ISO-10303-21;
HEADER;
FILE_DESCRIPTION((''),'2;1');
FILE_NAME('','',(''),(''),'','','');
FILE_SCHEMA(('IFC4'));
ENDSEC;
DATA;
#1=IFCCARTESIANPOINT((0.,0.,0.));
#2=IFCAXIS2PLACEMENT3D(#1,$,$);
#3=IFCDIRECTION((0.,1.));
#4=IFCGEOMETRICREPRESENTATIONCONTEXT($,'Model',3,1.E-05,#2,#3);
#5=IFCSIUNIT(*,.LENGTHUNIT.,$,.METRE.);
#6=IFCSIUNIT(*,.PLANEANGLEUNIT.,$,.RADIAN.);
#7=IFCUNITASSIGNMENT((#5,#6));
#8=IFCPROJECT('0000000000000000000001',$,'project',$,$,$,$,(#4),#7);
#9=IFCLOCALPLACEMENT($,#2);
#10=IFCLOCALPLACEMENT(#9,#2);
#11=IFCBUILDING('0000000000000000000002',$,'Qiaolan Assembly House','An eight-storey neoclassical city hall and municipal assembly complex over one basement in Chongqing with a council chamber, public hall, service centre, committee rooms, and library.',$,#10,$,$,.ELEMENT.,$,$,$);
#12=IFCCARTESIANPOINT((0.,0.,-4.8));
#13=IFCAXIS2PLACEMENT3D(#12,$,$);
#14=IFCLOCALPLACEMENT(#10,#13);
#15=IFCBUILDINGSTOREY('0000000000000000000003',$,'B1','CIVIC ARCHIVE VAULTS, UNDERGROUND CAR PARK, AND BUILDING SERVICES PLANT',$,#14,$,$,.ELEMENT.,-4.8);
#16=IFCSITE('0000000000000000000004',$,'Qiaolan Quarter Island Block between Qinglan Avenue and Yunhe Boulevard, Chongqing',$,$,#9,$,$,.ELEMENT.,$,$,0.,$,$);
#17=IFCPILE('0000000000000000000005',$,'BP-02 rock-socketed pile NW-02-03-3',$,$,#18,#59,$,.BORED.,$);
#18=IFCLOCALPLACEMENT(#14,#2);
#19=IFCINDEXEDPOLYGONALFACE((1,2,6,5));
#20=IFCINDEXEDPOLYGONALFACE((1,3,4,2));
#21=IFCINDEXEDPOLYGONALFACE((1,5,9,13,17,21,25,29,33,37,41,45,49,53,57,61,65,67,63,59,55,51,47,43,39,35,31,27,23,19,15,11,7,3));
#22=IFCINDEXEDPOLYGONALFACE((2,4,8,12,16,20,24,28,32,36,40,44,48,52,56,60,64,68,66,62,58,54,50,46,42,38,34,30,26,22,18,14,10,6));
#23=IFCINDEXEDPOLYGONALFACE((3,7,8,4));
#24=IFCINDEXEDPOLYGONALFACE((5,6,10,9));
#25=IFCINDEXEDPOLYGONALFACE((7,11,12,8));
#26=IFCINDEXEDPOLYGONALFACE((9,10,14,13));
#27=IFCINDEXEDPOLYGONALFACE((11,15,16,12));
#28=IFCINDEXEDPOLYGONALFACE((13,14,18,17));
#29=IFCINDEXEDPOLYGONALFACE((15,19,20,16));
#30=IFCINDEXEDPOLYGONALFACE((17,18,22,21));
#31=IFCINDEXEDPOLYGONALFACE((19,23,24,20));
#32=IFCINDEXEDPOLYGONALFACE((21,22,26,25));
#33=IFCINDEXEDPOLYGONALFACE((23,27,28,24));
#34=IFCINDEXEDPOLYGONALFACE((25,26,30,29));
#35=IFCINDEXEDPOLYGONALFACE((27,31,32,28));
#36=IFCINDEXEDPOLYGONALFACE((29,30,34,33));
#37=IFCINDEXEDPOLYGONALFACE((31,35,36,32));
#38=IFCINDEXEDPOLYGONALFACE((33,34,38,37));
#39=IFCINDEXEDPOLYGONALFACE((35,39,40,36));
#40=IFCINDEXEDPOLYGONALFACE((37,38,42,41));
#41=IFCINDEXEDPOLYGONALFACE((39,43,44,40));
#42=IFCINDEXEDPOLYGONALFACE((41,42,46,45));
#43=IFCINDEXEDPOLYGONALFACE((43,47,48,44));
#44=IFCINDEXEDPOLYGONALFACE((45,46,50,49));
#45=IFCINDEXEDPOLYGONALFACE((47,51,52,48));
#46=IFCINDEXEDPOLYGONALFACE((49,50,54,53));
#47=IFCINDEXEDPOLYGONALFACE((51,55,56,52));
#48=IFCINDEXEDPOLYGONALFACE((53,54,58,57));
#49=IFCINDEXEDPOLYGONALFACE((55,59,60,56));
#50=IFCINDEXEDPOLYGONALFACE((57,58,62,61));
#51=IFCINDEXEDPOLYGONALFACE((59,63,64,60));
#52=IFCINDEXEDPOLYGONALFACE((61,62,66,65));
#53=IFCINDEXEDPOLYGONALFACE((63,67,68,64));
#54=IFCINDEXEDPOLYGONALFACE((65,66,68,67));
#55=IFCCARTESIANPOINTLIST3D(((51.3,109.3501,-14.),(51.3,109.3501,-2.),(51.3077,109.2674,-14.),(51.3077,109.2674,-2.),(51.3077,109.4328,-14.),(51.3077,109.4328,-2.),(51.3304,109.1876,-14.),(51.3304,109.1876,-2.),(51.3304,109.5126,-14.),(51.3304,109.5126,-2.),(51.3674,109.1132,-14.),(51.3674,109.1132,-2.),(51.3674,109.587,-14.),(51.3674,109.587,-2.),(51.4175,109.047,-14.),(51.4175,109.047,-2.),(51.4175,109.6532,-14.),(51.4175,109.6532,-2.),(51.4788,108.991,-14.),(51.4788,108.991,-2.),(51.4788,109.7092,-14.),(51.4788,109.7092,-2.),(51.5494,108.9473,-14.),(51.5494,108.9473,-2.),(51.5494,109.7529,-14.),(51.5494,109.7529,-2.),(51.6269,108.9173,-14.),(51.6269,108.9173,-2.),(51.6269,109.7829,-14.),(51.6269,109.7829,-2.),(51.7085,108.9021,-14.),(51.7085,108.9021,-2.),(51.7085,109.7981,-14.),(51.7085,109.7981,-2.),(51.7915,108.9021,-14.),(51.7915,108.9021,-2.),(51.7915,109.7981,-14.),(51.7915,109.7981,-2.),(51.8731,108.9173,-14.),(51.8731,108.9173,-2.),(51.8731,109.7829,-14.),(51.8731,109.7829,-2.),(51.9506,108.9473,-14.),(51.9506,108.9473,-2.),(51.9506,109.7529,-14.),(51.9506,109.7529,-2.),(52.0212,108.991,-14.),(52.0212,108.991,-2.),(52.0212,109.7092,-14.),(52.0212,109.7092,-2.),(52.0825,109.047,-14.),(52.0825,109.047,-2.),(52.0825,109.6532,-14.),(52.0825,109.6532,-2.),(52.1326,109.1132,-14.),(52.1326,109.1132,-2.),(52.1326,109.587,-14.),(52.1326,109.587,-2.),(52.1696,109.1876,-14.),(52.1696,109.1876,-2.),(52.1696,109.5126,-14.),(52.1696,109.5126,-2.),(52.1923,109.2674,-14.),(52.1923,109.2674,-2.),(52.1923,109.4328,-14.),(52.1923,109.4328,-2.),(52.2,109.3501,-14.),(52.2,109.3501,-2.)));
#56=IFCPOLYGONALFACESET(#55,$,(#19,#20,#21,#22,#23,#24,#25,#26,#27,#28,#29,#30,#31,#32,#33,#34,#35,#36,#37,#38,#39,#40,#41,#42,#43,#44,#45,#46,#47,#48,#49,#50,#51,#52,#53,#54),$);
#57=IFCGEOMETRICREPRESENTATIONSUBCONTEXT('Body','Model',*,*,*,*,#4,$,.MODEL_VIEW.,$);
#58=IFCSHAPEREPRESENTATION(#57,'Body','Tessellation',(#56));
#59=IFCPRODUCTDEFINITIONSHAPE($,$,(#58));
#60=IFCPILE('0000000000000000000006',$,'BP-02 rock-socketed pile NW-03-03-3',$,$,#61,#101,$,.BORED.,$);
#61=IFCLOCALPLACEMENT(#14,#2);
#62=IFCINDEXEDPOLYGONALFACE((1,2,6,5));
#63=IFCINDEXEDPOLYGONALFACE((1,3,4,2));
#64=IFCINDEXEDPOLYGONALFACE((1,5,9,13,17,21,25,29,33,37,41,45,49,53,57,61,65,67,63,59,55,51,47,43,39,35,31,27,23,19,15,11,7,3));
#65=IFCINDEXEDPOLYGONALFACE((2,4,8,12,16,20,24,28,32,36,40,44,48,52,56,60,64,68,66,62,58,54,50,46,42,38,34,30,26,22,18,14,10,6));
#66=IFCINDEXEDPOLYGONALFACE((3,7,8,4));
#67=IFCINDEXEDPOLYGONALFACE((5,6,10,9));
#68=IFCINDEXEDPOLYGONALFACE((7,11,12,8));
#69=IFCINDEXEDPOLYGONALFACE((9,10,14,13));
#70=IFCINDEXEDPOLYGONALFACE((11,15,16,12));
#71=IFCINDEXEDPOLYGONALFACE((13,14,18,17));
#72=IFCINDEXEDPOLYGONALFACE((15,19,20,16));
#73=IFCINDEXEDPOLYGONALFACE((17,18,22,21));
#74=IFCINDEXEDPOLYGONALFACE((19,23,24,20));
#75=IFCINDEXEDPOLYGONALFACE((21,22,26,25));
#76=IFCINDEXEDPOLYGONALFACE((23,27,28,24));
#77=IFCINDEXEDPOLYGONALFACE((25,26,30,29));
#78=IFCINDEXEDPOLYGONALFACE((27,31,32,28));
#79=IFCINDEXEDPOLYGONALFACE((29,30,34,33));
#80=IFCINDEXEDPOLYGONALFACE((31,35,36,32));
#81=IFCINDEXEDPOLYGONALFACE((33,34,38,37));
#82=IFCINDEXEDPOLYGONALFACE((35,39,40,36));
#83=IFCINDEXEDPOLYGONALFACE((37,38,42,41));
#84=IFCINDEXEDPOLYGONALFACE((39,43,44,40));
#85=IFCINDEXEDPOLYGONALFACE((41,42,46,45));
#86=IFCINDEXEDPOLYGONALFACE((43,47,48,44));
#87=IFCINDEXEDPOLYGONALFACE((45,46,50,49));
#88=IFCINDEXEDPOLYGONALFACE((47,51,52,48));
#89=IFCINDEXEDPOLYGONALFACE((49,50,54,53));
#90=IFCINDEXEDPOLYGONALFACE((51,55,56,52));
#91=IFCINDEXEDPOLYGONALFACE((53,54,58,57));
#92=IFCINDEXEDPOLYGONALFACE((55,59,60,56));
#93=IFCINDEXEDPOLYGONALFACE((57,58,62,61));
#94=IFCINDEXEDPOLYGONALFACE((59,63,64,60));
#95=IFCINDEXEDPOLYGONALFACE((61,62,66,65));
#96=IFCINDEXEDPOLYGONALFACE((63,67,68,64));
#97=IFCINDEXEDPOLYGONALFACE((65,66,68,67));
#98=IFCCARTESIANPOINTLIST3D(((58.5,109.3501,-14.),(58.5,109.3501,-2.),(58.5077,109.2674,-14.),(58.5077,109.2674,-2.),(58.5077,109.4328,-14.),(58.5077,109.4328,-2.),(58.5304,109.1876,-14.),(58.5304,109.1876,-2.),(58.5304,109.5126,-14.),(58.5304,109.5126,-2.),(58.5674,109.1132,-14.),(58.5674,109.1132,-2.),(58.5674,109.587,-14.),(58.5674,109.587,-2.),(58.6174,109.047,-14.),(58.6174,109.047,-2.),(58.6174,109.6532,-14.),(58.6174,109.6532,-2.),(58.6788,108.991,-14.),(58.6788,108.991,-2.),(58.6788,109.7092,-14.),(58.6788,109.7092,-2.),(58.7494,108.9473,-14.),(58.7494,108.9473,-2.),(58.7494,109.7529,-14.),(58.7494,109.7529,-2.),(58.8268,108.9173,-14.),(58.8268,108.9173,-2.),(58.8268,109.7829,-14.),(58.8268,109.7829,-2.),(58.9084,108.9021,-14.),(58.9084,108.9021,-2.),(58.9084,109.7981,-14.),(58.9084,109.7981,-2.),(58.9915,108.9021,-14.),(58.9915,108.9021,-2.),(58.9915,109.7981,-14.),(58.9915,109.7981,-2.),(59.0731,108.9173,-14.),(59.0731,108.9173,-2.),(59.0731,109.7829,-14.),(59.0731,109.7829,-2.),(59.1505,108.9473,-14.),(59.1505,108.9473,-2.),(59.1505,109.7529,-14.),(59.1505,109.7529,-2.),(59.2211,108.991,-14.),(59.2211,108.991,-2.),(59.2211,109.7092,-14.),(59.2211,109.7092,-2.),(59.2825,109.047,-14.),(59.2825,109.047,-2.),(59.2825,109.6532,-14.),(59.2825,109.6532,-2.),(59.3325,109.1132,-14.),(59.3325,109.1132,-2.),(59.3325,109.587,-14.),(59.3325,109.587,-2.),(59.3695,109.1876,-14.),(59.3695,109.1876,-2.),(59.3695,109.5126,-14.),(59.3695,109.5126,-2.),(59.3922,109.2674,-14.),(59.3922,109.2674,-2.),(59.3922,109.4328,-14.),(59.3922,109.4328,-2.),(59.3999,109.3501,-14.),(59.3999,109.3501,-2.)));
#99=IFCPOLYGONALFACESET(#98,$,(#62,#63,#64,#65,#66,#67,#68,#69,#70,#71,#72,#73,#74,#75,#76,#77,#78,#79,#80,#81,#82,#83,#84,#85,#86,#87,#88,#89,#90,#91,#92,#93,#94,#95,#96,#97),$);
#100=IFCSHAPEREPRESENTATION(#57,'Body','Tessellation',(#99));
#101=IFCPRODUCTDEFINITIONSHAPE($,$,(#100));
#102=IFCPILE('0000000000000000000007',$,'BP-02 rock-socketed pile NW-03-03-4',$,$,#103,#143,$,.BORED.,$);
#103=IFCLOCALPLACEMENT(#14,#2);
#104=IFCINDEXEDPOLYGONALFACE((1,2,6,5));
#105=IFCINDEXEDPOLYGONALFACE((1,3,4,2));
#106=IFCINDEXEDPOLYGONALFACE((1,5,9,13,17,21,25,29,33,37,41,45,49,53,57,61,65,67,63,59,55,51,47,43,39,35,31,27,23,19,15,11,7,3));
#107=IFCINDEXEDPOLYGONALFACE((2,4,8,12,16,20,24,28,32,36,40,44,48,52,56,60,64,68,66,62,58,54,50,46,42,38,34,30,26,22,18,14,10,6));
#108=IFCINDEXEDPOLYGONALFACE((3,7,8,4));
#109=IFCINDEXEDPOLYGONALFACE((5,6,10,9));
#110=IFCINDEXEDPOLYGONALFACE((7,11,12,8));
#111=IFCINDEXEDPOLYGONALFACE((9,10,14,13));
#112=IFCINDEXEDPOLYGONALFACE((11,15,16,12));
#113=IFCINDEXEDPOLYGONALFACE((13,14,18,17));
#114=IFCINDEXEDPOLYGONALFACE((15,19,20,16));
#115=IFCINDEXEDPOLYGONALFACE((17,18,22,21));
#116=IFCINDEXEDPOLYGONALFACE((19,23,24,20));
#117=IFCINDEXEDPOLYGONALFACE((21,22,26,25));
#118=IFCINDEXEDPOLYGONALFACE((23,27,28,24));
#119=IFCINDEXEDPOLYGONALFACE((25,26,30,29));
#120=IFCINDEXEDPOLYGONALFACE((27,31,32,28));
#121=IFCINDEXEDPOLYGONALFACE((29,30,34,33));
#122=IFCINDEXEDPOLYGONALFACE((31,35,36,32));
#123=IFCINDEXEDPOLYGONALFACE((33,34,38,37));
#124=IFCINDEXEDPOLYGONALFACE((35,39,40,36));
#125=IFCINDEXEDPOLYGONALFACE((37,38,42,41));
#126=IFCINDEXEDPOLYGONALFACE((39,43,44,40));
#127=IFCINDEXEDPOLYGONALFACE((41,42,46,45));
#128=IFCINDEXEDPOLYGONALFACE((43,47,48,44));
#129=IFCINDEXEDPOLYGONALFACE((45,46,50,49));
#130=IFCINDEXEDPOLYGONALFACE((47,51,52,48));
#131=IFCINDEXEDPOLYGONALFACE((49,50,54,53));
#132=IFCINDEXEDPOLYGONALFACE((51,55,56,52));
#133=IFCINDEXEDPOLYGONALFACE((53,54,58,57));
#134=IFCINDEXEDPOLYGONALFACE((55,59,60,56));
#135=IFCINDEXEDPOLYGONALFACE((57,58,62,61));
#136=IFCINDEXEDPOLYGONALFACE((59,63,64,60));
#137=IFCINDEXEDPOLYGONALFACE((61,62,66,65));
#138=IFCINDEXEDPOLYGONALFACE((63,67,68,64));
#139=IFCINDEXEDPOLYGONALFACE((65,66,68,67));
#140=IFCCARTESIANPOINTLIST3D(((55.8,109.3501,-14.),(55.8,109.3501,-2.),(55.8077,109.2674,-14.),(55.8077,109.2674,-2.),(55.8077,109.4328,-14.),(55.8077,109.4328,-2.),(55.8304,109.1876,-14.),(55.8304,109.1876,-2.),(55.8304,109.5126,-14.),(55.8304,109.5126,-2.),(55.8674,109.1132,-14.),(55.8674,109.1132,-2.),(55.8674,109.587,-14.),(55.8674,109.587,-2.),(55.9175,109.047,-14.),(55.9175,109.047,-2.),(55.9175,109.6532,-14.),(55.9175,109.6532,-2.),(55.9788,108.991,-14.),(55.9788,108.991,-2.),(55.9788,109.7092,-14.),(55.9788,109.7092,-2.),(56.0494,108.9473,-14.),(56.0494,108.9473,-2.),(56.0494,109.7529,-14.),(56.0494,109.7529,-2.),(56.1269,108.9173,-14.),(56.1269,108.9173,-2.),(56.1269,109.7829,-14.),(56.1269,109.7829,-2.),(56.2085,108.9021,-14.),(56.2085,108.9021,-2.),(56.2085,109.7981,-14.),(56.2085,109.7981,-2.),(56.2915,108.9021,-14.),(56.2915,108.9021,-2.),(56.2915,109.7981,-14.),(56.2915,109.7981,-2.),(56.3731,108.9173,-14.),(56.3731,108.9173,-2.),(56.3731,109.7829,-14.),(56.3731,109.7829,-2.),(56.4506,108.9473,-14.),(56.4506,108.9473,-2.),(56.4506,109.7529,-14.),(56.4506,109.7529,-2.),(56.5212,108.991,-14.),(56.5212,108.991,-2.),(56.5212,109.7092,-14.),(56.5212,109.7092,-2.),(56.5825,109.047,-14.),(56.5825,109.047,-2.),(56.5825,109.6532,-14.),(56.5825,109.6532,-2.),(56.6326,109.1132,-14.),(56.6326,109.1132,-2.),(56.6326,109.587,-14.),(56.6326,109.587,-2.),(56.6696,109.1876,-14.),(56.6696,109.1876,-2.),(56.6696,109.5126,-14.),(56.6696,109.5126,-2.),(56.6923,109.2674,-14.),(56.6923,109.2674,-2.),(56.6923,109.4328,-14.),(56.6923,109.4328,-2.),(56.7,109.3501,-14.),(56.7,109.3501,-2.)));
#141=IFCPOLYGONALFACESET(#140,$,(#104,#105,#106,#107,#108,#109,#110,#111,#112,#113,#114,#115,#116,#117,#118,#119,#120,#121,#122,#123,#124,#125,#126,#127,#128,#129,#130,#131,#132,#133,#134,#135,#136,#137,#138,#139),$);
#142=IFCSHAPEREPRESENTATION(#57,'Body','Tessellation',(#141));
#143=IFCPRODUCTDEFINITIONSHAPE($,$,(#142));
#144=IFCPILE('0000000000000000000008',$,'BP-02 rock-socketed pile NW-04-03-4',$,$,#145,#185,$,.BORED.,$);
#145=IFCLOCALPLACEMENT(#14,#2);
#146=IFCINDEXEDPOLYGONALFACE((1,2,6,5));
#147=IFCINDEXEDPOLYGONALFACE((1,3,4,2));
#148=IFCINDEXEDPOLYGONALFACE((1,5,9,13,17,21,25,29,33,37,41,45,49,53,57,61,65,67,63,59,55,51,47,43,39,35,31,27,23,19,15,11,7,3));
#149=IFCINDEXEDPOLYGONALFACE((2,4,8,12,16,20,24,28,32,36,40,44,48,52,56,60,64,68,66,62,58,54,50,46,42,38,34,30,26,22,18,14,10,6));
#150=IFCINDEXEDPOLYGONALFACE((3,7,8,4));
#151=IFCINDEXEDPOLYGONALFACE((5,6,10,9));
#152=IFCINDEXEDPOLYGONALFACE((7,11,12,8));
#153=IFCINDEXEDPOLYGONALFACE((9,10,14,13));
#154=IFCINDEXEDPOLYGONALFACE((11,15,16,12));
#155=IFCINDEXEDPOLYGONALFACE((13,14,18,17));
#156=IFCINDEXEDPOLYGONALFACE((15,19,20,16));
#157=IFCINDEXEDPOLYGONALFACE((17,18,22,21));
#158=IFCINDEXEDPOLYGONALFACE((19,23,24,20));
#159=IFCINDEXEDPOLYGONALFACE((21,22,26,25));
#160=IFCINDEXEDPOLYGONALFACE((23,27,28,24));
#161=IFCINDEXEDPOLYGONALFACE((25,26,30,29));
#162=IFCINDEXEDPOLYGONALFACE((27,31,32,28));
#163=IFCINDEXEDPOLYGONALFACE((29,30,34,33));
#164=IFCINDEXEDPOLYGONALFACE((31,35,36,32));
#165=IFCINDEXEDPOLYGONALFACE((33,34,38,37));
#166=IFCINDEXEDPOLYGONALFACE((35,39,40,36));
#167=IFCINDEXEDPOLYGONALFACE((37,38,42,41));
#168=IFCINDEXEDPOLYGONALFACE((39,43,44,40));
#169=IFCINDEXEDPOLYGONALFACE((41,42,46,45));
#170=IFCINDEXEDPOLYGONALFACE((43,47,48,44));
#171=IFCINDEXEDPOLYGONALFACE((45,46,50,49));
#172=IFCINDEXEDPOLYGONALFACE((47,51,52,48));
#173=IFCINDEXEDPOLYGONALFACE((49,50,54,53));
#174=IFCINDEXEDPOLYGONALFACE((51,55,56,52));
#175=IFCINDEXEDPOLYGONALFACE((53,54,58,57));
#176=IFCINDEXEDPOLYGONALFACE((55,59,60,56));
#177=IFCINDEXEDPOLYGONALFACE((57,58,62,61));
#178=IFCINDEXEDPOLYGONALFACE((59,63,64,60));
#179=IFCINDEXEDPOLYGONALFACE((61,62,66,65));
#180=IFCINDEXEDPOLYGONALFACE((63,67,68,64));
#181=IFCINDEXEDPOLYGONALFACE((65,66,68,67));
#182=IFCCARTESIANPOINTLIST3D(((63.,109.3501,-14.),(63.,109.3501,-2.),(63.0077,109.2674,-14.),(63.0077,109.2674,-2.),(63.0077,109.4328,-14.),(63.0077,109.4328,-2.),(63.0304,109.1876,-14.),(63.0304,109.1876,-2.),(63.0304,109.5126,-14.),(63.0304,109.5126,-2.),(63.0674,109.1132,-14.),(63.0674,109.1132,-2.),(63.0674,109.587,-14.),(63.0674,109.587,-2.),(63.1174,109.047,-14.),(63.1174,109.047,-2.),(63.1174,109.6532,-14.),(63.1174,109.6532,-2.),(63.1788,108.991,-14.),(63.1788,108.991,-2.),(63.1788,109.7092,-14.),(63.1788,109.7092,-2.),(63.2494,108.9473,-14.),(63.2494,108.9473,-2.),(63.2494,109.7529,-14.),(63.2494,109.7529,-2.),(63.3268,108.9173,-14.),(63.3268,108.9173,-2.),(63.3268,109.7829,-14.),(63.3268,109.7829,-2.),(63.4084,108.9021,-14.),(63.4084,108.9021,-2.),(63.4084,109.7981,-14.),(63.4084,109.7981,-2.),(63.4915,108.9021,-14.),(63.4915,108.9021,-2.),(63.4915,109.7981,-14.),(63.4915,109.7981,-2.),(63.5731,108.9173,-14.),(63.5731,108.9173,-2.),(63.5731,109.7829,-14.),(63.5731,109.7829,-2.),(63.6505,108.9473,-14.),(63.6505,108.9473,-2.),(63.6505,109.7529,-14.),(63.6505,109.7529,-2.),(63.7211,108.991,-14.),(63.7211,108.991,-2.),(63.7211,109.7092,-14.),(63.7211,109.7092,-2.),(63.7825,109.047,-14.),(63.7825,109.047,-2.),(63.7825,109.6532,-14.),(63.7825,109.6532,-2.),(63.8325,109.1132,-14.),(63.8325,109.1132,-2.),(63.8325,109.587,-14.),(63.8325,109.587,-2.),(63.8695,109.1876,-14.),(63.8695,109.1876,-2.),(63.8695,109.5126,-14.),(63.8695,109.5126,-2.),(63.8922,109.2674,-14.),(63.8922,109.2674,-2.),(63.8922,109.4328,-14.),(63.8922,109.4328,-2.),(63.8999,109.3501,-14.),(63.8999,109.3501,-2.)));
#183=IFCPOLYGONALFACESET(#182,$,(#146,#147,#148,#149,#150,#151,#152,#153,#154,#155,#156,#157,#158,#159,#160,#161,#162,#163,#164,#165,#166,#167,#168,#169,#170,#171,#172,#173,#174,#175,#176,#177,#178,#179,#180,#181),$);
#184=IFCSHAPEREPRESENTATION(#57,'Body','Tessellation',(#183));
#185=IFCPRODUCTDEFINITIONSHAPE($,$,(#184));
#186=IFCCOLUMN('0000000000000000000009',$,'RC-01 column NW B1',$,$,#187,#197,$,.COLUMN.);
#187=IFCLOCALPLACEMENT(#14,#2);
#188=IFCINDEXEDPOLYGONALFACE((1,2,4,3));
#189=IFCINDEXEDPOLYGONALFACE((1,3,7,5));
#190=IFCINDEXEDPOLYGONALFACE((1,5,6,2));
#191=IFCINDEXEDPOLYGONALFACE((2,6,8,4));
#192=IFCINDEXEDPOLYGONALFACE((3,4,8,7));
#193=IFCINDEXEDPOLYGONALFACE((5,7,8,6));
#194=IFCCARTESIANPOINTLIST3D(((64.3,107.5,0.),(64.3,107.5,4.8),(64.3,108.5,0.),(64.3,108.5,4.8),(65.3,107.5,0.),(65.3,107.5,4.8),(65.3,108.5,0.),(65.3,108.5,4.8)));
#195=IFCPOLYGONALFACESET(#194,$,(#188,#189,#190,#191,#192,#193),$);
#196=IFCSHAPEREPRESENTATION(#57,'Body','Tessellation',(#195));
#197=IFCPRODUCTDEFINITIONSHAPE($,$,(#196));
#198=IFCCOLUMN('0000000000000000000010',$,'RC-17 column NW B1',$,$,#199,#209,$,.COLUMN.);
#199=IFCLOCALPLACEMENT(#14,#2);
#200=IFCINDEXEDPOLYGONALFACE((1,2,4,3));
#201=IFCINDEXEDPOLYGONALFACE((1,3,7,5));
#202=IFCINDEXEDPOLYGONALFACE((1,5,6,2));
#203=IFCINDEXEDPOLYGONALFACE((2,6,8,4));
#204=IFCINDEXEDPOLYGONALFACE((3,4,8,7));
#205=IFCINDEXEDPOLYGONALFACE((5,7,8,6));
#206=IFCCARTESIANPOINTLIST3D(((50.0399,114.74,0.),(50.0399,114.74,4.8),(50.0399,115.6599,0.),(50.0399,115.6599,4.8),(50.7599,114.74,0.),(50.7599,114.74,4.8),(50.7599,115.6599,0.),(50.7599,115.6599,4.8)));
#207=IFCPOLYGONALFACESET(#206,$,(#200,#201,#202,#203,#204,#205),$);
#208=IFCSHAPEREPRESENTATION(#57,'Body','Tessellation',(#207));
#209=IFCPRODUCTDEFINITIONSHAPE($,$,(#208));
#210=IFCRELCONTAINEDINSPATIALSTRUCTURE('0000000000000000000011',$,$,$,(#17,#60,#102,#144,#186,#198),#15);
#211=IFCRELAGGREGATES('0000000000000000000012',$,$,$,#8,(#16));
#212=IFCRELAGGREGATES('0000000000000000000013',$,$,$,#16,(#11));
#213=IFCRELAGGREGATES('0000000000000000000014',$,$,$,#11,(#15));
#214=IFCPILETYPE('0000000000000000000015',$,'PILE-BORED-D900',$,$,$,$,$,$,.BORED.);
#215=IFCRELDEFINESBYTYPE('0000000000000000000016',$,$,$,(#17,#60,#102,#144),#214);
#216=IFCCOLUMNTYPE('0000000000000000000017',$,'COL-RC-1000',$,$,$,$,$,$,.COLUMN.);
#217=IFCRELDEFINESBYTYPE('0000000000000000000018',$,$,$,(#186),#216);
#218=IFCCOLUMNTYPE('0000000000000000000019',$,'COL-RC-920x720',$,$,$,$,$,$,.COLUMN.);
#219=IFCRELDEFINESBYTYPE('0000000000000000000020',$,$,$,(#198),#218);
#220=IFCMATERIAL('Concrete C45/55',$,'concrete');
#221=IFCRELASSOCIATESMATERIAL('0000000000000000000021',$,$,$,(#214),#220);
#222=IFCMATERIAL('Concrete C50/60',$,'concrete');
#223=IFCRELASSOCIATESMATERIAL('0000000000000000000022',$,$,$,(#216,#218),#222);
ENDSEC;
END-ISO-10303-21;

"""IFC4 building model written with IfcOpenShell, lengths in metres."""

from ifc_helpers import new_model, si_unit, direction, frame, origin, origin_2d, place, context, subcontext, project, spatial, rectangle, circle, extrude, material, material_profile, profile_set, type_object, element, save


model = new_model("IFC4")

# Units and contexts
model_context = context("Model", 3, precision=1e-05, world=origin(), true_north=direction((0.0, 1.0)))
body_context = subcontext(model_context, "Body", "Model", "MODEL_VIEW")
ifc_project = project(units=[si_unit("LENGTHUNIT", "METRE"), si_unit("PLANEANGLEUNIT", "RADIAN")], contexts=[model_context])

# Site, building, storey
site_placement = place(None, origin())
site = spatial("IfcSite", under=ifc_project, at=site_placement, Name="Qiaolan Quarter Island Block between Qinglan Avenue and Yunhe Boulevard, Chongqing", CompositionType="ELEMENT", RefElevation=0.0)
building_placement = place(site_placement, origin())
building = spatial("IfcBuilding", under=site, at=building_placement, Name="Qiaolan Assembly House", Description="An eight-storey neoclassical city hall and municipal assembly complex over one basement in Chongqing with a council chamber, public hall, service centre, committee rooms, and library.", CompositionType="ELEMENT")
storey_placement = place(building_placement, frame((0.0, 0.0, -4.8)))
storey = spatial("IfcBuildingStorey", under=building, at=storey_placement, Name="B1", Description="CIVIC ARCHIVE VAULTS, UNDERGROUND CAR PARK, AND BUILDING SERVICES PLANT", CompositionType="ELEMENT", Elevation=-4.8)

# Piles
ifc_material_1 = material(Name="Concrete C45/55", Category="concrete")
ifc_material_profile_1 = material_profile(ifc_material_1, circle(Radius=0.45, at=origin_2d()), Name="PILE D900")
ifc_profile_set_1 = profile_set([ifc_material_profile_1], Name="Concrete C45/55")
pile_type_1 = type_object("IfcPileType", Name="PILE-BORED-D900", PredefinedType="BORED", material=ifc_profile_set_1)
for number, where, z_axis, x_axis, name in (
    (1, (51.75, 109.3501, -2.0), (0.0, 0.0, -1.0), (1.0, 0.0, 0.0), "BP-02 rock-socketed pile NW-02-03-3"),
    (2, (58.95, 109.3501, -2.0), (0.0, 0.0, -1.0), (1.0, 0.0, 0.0), "BP-02 rock-socketed pile NW-03-03-3"),
    (3, (56.25, 109.3501, -2.0), (0.0, 0.0, -1.0), (1.0, 0.0, 0.0), "BP-02 rock-socketed pile NW-03-03-4"),
    (4, (63.45, 109.3501, -2.0), (0.0, 0.0, -1.0), (1.0, 0.0, 0.0), "BP-02 rock-socketed pile NW-04-03-4"),
):
    element("IfcPile", number, at=place(storey_placement, frame(where, z_axis=z_axis, x_axis=x_axis)), inside=storey, type_object=pile_type_1, Name=name, PredefinedType="BORED", context=body_context, shape_type="SweptSolid", body=[
        extrude(circle(Radius=0.45, at=origin_2d()), origin(), (0.0, 0.0, 1.0), 12.0),
    ])

# Columns
ifc_material_2 = material(Name="Concrete C50/60", Category="concrete")
ifc_material_profile_2 = material_profile(ifc_material_2, rectangle(XDim=1.0, YDim=1.0, at=origin_2d()), Name="RC 1000x1000")
ifc_profile_set_2 = profile_set([ifc_material_profile_2], Name="Concrete C50/60")
column_type_1 = type_object("IfcColumnType", Name="COL-RC-1000", PredefinedType="COLUMN", material=ifc_profile_set_2)
column_1_placement = place(storey_placement, frame((64.8, 108.0, 0.0), z_axis=(0.0, 0.0, 1.0), x_axis=(1.0, 0.0, 0.0)))
element("IfcColumn", 5, at=column_1_placement, inside=storey, type_object=column_type_1, Name="RC-01 column NW B1", PredefinedType="COLUMN", context=body_context, shape_type="SweptSolid", body=[
    extrude(rectangle(XDim=1.0, YDim=1.0, at=origin_2d()), origin(), (0.0, 0.0, 1.0), 4.8),
])
ifc_material_profile_3 = material_profile(ifc_material_2, rectangle(XDim=0.72, YDim=0.9199, at=origin_2d()), Name="RC 920x720")
ifc_profile_set_3 = profile_set([ifc_material_profile_3], Name="Concrete C50/60")
column_type_2 = type_object("IfcColumnType", Name="COL-RC-920x720", PredefinedType="COLUMN", material=ifc_profile_set_3)
for number, where, z_axis, x_axis, name in (
    (6, (50.3999, 115.2, 0.0), (0.0, 0.0, 1.0), (1.0, 0.0, 0.0), "RC-17 column NW B1"),
):
    element("IfcColumn", number, at=place(storey_placement, frame(where, z_axis=z_axis, x_axis=x_axis)), inside=storey, type_object=column_type_2, Name=name, PredefinedType="COLUMN", context=body_context, shape_type="SweptSolid", body=[
        extrude(rectangle(XDim=0.72, YDim=0.9199, at=origin_2d()), origin(), (0.0, 0.0, 1.0), 4.8),
    ])

save(model, "model.ifc")
